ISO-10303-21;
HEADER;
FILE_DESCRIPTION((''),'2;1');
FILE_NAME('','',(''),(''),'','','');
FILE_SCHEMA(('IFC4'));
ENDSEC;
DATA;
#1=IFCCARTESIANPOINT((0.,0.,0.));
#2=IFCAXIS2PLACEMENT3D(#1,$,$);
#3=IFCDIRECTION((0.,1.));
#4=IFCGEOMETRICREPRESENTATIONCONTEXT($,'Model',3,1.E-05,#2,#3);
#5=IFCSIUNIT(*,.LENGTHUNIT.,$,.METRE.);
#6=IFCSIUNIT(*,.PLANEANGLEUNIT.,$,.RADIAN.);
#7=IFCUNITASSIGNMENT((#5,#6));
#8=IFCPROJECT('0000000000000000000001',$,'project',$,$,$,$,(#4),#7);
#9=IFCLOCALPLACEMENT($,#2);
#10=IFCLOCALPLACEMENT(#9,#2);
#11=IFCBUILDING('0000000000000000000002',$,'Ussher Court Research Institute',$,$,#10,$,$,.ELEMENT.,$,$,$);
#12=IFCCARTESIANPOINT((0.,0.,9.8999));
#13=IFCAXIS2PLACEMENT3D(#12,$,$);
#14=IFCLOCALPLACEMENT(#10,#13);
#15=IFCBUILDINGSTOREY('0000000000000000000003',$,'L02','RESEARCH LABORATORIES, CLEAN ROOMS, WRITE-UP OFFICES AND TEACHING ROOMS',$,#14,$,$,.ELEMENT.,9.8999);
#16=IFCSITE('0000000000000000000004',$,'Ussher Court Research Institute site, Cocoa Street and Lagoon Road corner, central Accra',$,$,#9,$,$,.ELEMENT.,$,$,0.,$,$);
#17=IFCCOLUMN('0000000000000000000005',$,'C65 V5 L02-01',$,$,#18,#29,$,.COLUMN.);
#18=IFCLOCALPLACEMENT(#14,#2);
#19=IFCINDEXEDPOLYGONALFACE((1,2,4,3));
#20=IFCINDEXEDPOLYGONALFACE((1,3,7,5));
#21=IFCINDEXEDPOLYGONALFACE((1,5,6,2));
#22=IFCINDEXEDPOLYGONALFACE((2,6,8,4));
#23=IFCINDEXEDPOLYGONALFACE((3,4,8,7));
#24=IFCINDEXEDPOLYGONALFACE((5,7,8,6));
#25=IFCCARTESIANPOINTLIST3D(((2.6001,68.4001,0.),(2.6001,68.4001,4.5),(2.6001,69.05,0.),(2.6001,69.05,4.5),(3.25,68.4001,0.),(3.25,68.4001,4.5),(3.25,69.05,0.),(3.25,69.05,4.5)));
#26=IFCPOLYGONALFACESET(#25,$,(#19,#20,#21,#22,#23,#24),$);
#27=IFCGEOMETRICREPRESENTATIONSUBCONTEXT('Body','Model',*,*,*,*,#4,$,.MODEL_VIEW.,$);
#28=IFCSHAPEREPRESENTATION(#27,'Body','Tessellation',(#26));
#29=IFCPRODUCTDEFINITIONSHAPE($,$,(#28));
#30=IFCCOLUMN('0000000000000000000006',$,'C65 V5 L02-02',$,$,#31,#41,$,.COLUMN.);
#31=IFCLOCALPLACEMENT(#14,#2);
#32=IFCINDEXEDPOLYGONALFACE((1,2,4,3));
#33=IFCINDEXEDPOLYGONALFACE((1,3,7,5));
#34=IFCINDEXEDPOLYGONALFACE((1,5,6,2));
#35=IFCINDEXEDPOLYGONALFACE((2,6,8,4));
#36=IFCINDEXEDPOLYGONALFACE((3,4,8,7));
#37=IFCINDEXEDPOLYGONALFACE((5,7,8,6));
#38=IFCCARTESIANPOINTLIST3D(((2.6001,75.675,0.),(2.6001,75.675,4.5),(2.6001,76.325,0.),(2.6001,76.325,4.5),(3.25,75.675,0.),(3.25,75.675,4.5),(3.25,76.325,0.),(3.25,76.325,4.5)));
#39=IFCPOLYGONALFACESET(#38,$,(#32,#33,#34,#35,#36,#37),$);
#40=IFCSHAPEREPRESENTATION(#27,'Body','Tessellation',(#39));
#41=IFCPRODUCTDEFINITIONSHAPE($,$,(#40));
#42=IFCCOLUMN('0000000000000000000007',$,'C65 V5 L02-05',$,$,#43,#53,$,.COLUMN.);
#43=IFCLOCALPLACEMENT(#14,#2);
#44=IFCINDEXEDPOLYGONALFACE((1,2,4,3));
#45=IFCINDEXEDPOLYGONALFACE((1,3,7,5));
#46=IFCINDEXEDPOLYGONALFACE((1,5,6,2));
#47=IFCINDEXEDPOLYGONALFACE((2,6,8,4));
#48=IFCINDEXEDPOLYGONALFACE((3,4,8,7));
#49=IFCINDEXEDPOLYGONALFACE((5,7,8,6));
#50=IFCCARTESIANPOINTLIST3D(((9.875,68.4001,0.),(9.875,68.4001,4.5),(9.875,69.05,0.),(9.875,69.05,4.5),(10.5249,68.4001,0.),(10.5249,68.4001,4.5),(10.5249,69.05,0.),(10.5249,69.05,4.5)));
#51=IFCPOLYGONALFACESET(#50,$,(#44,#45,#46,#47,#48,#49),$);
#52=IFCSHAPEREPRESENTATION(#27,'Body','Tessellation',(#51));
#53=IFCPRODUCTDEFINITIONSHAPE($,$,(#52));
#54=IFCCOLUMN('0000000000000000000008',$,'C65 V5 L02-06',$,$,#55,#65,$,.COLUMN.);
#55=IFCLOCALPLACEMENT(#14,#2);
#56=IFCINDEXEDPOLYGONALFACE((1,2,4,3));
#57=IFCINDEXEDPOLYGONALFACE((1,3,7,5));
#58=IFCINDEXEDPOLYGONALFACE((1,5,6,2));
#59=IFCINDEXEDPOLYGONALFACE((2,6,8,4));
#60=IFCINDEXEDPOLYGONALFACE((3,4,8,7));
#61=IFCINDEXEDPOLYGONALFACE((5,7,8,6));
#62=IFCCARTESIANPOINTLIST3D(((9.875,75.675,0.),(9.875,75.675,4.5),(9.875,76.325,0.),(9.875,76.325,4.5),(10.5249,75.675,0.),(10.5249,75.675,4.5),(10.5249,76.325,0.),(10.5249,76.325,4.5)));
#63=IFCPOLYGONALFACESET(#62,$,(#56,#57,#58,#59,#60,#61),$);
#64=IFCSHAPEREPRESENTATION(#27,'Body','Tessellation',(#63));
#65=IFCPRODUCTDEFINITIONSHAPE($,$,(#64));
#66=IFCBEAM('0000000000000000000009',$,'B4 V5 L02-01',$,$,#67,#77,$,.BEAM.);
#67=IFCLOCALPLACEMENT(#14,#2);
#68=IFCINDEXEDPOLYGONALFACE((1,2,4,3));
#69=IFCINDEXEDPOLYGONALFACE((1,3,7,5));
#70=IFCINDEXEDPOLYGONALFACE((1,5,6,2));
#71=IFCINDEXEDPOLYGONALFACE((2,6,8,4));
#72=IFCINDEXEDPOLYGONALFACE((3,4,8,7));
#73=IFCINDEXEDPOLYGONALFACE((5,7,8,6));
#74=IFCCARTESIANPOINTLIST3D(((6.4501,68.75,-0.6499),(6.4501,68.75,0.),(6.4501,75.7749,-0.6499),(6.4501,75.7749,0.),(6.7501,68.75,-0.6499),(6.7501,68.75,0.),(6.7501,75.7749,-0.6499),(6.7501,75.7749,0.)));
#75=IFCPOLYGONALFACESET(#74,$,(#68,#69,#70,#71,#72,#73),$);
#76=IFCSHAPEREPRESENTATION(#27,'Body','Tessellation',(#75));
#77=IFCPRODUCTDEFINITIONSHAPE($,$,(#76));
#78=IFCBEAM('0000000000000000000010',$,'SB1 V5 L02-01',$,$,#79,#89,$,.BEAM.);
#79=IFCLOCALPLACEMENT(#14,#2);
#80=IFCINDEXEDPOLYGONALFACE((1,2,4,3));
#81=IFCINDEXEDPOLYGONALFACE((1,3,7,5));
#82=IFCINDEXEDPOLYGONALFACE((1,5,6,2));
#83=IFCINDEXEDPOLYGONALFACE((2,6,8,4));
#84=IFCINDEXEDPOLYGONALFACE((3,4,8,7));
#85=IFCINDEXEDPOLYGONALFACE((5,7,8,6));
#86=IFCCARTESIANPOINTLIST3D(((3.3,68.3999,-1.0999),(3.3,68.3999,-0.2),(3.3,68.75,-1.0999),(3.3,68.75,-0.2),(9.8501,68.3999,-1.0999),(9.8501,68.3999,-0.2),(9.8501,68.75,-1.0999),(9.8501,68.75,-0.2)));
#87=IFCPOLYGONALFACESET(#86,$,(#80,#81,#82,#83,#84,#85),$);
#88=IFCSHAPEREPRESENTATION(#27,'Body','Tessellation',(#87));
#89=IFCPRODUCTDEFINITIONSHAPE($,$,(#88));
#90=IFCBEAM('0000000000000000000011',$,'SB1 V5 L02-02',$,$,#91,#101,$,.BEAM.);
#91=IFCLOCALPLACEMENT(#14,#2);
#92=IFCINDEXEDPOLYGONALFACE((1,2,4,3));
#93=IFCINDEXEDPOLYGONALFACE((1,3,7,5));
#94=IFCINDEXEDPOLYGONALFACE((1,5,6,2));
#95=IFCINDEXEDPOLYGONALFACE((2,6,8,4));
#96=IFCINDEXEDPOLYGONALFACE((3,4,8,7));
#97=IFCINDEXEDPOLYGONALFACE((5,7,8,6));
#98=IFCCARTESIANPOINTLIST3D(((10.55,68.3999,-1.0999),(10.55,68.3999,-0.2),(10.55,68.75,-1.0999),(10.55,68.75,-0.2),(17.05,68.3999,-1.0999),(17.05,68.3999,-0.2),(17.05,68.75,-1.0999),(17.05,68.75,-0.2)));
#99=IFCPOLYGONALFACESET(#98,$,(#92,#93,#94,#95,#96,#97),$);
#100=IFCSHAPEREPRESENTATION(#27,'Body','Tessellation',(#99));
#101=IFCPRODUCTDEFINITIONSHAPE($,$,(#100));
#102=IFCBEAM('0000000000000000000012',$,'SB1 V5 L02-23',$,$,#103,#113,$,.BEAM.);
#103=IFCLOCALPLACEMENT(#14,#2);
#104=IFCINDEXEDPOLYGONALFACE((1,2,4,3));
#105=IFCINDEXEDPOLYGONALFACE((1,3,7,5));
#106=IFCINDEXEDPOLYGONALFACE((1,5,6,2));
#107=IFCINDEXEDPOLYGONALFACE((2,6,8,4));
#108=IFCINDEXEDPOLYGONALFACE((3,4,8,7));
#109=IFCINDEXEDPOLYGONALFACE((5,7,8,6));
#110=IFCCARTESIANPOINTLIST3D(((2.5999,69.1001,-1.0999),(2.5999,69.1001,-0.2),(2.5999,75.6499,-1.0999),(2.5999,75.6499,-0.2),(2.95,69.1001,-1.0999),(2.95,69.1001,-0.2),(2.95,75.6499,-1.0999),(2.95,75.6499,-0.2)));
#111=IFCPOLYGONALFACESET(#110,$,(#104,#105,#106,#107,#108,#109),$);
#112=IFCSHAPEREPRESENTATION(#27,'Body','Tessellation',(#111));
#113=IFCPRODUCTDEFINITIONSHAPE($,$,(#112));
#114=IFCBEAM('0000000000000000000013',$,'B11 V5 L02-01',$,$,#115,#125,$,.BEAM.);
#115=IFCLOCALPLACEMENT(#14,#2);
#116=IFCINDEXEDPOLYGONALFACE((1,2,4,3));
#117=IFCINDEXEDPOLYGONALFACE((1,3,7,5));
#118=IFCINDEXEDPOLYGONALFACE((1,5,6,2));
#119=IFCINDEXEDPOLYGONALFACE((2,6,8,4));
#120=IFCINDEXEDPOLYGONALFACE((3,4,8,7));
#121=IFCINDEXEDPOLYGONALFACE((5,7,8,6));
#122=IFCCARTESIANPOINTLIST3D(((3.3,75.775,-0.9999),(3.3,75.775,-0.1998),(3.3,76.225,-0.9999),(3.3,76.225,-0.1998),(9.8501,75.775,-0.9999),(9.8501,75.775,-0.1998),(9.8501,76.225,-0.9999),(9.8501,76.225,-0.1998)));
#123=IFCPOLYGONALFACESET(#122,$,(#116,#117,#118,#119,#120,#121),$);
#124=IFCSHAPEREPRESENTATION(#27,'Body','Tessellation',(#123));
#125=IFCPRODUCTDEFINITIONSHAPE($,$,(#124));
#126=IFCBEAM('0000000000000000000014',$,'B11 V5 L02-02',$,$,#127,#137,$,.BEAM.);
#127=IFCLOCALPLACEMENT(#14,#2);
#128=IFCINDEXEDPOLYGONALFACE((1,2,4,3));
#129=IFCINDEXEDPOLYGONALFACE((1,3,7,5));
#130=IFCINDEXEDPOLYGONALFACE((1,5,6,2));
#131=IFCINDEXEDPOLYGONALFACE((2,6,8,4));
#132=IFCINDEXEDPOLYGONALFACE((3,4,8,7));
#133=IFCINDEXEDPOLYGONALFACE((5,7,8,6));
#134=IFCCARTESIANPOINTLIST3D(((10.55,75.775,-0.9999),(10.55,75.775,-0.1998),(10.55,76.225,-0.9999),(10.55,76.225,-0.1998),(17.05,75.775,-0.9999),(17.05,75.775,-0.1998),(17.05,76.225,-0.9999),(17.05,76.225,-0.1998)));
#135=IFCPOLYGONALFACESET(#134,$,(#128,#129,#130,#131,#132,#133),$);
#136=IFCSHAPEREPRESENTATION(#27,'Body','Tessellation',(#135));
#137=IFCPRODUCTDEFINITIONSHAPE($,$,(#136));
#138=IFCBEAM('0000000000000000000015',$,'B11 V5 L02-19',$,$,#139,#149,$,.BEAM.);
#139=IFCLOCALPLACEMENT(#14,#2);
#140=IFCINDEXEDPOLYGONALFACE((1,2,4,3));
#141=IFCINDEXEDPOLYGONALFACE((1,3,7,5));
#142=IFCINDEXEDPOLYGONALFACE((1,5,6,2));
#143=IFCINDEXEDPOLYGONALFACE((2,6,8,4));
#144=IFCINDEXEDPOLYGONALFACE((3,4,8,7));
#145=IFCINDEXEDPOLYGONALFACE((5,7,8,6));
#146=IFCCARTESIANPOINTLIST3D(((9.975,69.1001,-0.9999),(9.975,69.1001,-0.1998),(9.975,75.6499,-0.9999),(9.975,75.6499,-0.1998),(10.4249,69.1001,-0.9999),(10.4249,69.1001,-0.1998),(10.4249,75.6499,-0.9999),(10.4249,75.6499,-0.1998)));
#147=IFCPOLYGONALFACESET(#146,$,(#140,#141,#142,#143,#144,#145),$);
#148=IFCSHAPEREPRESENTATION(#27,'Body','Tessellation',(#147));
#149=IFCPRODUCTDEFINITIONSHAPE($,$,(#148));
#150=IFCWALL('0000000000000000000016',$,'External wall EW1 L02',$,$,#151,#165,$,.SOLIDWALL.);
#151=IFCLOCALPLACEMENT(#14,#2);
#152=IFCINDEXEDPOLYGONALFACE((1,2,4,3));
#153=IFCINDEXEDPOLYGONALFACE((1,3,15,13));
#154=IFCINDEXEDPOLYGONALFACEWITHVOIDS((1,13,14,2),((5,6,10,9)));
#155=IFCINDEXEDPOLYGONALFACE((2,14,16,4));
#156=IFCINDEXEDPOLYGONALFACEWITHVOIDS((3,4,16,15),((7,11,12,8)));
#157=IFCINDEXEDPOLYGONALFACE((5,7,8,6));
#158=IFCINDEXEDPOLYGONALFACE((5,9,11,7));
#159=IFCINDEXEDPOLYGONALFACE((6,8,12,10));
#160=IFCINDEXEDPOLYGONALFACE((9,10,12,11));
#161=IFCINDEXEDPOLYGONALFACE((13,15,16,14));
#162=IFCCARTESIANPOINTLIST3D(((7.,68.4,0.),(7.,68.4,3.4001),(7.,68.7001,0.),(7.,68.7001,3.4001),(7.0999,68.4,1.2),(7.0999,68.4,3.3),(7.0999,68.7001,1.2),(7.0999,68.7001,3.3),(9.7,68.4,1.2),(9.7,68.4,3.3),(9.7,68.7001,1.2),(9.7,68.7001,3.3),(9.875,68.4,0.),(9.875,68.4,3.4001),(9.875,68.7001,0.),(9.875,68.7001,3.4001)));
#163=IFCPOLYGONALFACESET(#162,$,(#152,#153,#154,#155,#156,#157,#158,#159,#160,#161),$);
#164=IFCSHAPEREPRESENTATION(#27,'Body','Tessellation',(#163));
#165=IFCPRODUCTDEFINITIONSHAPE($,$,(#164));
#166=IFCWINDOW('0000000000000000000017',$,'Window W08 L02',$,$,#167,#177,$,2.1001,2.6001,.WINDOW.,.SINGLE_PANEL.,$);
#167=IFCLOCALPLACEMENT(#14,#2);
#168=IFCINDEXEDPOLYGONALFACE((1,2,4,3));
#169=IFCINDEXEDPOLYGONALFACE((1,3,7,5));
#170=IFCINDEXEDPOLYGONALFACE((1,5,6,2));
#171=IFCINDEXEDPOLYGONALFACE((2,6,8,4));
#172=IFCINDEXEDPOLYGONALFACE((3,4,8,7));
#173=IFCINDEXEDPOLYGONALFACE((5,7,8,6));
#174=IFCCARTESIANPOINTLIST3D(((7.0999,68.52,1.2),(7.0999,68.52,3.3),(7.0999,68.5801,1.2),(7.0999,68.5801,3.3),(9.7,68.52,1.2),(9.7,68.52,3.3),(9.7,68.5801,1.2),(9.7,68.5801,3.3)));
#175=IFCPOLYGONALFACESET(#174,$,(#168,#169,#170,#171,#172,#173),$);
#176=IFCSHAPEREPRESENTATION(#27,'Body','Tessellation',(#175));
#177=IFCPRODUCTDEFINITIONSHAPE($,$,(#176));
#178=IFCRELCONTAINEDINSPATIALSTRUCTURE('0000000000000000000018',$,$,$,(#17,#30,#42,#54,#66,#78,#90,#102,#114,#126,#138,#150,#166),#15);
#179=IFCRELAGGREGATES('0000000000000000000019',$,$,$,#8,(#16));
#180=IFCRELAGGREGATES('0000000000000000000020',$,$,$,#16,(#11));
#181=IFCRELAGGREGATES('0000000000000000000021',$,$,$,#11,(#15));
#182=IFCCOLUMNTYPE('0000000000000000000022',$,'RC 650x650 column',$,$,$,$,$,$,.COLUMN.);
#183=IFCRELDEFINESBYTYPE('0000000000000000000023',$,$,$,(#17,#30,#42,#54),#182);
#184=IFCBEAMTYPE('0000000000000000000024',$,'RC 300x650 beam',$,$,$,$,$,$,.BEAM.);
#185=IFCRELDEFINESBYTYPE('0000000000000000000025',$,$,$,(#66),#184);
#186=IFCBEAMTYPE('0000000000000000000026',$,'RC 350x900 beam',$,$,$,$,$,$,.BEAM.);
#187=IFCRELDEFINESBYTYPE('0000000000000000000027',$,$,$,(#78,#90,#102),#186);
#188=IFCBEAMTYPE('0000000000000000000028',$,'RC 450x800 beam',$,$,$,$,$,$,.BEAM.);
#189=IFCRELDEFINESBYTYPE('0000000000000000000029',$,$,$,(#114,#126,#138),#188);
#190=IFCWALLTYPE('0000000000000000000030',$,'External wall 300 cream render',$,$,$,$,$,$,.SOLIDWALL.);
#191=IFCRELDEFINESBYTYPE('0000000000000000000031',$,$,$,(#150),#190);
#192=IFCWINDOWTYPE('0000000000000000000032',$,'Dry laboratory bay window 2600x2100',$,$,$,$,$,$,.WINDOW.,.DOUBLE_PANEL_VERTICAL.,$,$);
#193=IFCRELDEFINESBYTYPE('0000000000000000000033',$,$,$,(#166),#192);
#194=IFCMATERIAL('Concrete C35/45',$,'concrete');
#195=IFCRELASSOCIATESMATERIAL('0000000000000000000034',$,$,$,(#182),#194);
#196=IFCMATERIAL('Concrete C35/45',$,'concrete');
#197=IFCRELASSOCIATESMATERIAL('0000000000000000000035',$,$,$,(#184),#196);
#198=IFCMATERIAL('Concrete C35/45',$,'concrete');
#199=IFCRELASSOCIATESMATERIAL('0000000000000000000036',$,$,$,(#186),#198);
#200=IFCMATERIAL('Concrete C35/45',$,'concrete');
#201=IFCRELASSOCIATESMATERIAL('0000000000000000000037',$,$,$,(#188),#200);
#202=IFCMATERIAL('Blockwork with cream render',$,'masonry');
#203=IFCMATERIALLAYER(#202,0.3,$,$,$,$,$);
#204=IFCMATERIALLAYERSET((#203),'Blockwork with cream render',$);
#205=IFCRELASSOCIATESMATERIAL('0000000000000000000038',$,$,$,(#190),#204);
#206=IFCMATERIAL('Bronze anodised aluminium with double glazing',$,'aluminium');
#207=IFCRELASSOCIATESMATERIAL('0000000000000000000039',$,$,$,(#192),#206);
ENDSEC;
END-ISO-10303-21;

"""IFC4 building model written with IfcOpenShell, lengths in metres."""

from ifc_helpers import new_model, si_unit, direction, frame, frame_2d, origin, origin_2d, place, context, subcontext, project, spatial, rectangle, extrude, material, layer, layer_set, material_profile, profile_set, type_object, element, fill, save


model = new_model("IFC4")

# Units and contexts
model_context = context("Model", 3, precision=1e-05, world=origin(), true_north=direction((0.0, 1.0)))
body_context = subcontext(model_context, "Body", "Model", "MODEL_VIEW")
ifc_project = project(units=[si_unit("LENGTHUNIT", "METRE"), si_unit("PLANEANGLEUNIT", "RADIAN")], contexts=[model_context])

# Site, building, storey
site_placement = place(None, origin())
site = spatial("IfcSite", under=ifc_project, at=site_placement, Name="Ussher Court Research Institute site, Cocoa Street and Lagoon Road corner, central Accra", CompositionType="ELEMENT", RefElevation=0.0)
building_placement = place(site_placement, origin())
building = spatial("IfcBuilding", under=site, at=building_placement, Name="Ussher Court Research Institute", CompositionType="ELEMENT")
storey_placement = place(building_placement, frame((0.0, 0.0, 9.8999)))
storey = spatial("IfcBuildingStorey", under=building, at=storey_placement, Name="L02", Description="RESEARCH LABORATORIES, CLEAN ROOMS, WRITE-UP OFFICES AND TEACHING ROOMS", CompositionType="ELEMENT", Elevation=9.8999)

# Columns
ifc_material_1 = material(Name="Concrete C35/45", Category="concrete")
ifc_material_profile_1 = material_profile(ifc_material_1, rectangle(XDim=0.6499, YDim=0.6499, at=origin_2d()), Name="RC 650x650")
ifc_profile_set_1 = profile_set([ifc_material_profile_1], Name="Concrete C35/45")
column_type = type_object("IfcColumnType", Name="RC 650x650 column", PredefinedType="COLUMN", material=ifc_profile_set_1)
for number, where, z_axis, x_axis, name in (
    (1, (2.925, 68.7251, 0.0), (0.0, 0.0, 1.0), (1.0, 0.0, 0.0), "C65 V5 L02-01"),
    (2, (2.925, 76.0, 0.0), (0.0, 0.0, 1.0), (1.0, 0.0, 0.0), "C65 V5 L02-02"),
    (3, (10.2, 68.7251, 0.0), (0.0, 0.0, 1.0), (1.0, 0.0, 0.0), "C65 V5 L02-05"),
    (4, (10.2, 76.0, 0.0), (0.0, 0.0, 1.0), (1.0, 0.0, 0.0), "C65 V5 L02-06"),
):
    element("IfcColumn", number, at=place(storey_placement, frame(where, z_axis=z_axis, x_axis=x_axis)), inside=storey, type_object=column_type, Name=name, PredefinedType="COLUMN", context=body_context, shape_type="SweptSolid", body=[
        extrude(rectangle(XDim=0.6499, YDim=0.6499, at=origin_2d()), origin(), (0.0, 0.0, 1.0), 4.5),
    ])

# Beams
ifc_material_2 = material(Name="Concrete C35/45", Category="concrete")
ifc_material_profile_2 = material_profile(ifc_material_2, rectangle(XDim=0.3, YDim=0.6499, at=origin_2d()), Name="RC 300x650")
ifc_profile_set_2 = profile_set([ifc_material_profile_2], Name="Concrete C35/45")
beam_type_1 = type_object("IfcBeamType", Name="RC 300x650 beam", PredefinedType="BEAM", material=ifc_profile_set_2)
beam_1_placement = place(storey_placement, frame((6.6001, 68.75, -0.325), z_axis=(0.0, 1.0, 0.0), x_axis=(-1.0, 0.0, 0.0)))
element("IfcBeam", 5, at=beam_1_placement, inside=storey, type_object=beam_type_1, Name="B4 V5 L02-01", PredefinedType="BEAM", context=body_context, shape_type="SweptSolid", body=[
    extrude(rectangle(XDim=0.3, YDim=0.6499, at=origin_2d()), origin(), (0.0, 0.0, 1.0), 7.0249),
])
ifc_material_3 = material(Name="Concrete C35/45", Category="concrete")
ifc_material_profile_3 = material_profile(ifc_material_3, rectangle(XDim=0.3501, YDim=0.8999, at=origin_2d()), Name="RC 350x900")
ifc_profile_set_3 = profile_set([ifc_material_profile_3], Name="Concrete C35/45")
beam_type_2 = type_object("IfcBeamType", Name="RC 350x900 beam", PredefinedType="BEAM", material=ifc_profile_set_3)
beam_2_placement = place(storey_placement, frame((3.3, 68.575, -0.6499), z_axis=(1.0, 0.0, 0.0), x_axis=(0.0, 1.0, 0.0)))
element("IfcBeam", 6, at=beam_2_placement, inside=storey, type_object=beam_type_2, Name="SB1 V5 L02-01", PredefinedType="BEAM", context=body_context, shape_type="SweptSolid", body=[
    extrude(rectangle(XDim=0.3501, YDim=0.8999, at=origin_2d()), origin(), (0.0, 0.0, 1.0), 6.55),
])
beam_3_placement = place(storey_placement, frame((10.55, 68.575, -0.6499), z_axis=(1.0, 0.0, 0.0), x_axis=(0.0, 1.0, 0.0)))
element("IfcBeam", 7, at=beam_3_placement, inside=storey, type_object=beam_type_2, Name="SB1 V5 L02-02", PredefinedType="BEAM", context=body_context, shape_type="SweptSolid", body=[
    extrude(rectangle(XDim=0.3501, YDim=0.8999, at=origin_2d()), origin(), (0.0, 0.0, 1.0), 6.5),
])
beam_4_placement = place(storey_placement, frame((2.7749, 69.1001, -0.6499), z_axis=(0.0, 1.0, 0.0), x_axis=(-1.0, 0.0, 0.0)))
element("IfcBeam", 8, at=beam_4_placement, inside=storey, type_object=beam_type_2, Name="SB1 V5 L02-23", PredefinedType="BEAM", context=body_context, shape_type="SweptSolid", body=[
    extrude(rectangle(XDim=0.3501, YDim=0.8999, at=origin_2d()), origin(), (0.0, 0.0, 1.0), 6.5498),
])
ifc_material_4 = material(Name="Concrete C35/45", Category="concrete")
ifc_material_profile_4 = material_profile(ifc_material_4, rectangle(XDim=0.45, YDim=0.8, at=origin_2d()), Name="RC 450x800")
ifc_profile_set_4 = profile_set([ifc_material_profile_4], Name="Concrete C35/45")
beam_type_3 = type_object("IfcBeamType", Name="RC 450x800 beam", PredefinedType="BEAM", material=ifc_profile_set_4)
beam_5_placement = place(storey_placement, frame((3.3, 76.0, -0.5999), z_axis=(1.0, 0.0, 0.0), x_axis=(0.0, 1.0, 0.0)))
element("IfcBeam", 9, at=beam_5_placement, inside=storey, type_object=beam_type_3, Name="B11 V5 L02-01", PredefinedType="BEAM", context=body_context, shape_type="SweptSolid", body=[
    extrude(rectangle(XDim=0.45, YDim=0.8, at=origin_2d()), origin(), (0.0, 0.0, 1.0), 6.55),
])
beam_6_placement = place(storey_placement, frame((10.55, 76.0, -0.5999), z_axis=(1.0, 0.0, 0.0), x_axis=(0.0, 1.0, 0.0)))
element("IfcBeam", 10, at=beam_6_placement, inside=storey, type_object=beam_type_3, Name="B11 V5 L02-02", PredefinedType="BEAM", context=body_context, shape_type="SweptSolid", body=[
    extrude(rectangle(XDim=0.45, YDim=0.8, at=origin_2d()), origin(), (0.0, 0.0, 1.0), 6.5),
])
beam_7_placement = place(storey_placement, frame((10.2, 69.1001, -0.5999), z_axis=(0.0, 1.0, 0.0), x_axis=(-1.0, 0.0, 0.0)))
element("IfcBeam", 11, at=beam_7_placement, inside=storey, type_object=beam_type_3, Name="B11 V5 L02-19", PredefinedType="BEAM", context=body_context, shape_type="SweptSolid", body=[
    extrude(rectangle(XDim=0.45, YDim=0.8, at=origin_2d()), origin(), (0.0, 0.0, 1.0), 6.5498),
])

# Wall, opening, window
ifc_material_5 = material(Name="Blockwork with cream render", Category="masonry")
ifc_layer_1 = layer(ifc_material_5, 0.3)
ifc_layer_set_1 = layer_set([ifc_layer_1], Name="Blockwork with cream render")
wall_type_1 = type_object("IfcWallType", Name="External wall 300 cream render", PredefinedType="SOLIDWALL", material=ifc_layer_set_1)
wall_1_placement = place(storey_placement, frame((9.875, 68.55, 0.0), z_axis=(0.0, 0.0, 1.0), x_axis=(-1.0, 0.0, 0.0)))
wall_1 = element("IfcWall", 12, at=wall_1_placement, inside=storey, type_object=wall_type_1, Name="External wall EW1 L02", PredefinedType="SOLIDWALL", context=body_context, shape_type="SweptSolid", body=[
    extrude(rectangle(XDim=2.875, YDim=0.3, at=frame_2d((1.4375, 0.0))), origin(), (0.0, 0.0, 1.0), 3.4001),
])
opening_1_placement = place(wall_1_placement, frame((0.175, 0.0, 1.2)))
opening_1 = element("IfcOpeningElement", 13, at=opening_1_placement, cuts=wall_1, PredefinedType="OPENING", context=body_context, shape_type="SweptSolid", body=[
    extrude(rectangle(XDim=2.6001, YDim=2.1001, at=frame_2d((1.3, 1.05))), frame((0.0, 0.1602, 0.0), z_axis=(0.0, -1.0, 0.0), x_axis=(1.0, 0.0, 0.0)), (0.0, 0.0, 1.0), 0.3201),
])
ifc_material_6 = material(Name="Bronze anodised aluminium with double glazing", Category="aluminium")
window_type_1 = type_object("IfcWindowType", Name="Dry laboratory bay window 2600x2100", PartitioningType="DOUBLE_PANEL_VERTICAL", PredefinedType="WINDOW", material=ifc_material_6)
window_1_placement = place(opening_1_placement, origin())
window_1 = element("IfcWindow", 14, at=window_1_placement, inside=storey, type_object=window_type_1, Name="Window W08 L02", OverallHeight=2.1001, OverallWidth=2.6001, PartitioningType="SINGLE_PANEL", PredefinedType="WINDOW", context=body_context, shape_type="SweptSolid", body=[
    extrude(rectangle(XDim=2.6001, YDim=2.1001, at=frame_2d((1.3, 1.05))), frame((0.0, 0.03, 0.0), z_axis=(0.0, -1.0, 0.0), x_axis=(1.0, 0.0, 0.0)), (0.0, 0.0, 1.0), 0.0601),
])
fill(opening_1, window_1)

save(model, "model.ifc")
